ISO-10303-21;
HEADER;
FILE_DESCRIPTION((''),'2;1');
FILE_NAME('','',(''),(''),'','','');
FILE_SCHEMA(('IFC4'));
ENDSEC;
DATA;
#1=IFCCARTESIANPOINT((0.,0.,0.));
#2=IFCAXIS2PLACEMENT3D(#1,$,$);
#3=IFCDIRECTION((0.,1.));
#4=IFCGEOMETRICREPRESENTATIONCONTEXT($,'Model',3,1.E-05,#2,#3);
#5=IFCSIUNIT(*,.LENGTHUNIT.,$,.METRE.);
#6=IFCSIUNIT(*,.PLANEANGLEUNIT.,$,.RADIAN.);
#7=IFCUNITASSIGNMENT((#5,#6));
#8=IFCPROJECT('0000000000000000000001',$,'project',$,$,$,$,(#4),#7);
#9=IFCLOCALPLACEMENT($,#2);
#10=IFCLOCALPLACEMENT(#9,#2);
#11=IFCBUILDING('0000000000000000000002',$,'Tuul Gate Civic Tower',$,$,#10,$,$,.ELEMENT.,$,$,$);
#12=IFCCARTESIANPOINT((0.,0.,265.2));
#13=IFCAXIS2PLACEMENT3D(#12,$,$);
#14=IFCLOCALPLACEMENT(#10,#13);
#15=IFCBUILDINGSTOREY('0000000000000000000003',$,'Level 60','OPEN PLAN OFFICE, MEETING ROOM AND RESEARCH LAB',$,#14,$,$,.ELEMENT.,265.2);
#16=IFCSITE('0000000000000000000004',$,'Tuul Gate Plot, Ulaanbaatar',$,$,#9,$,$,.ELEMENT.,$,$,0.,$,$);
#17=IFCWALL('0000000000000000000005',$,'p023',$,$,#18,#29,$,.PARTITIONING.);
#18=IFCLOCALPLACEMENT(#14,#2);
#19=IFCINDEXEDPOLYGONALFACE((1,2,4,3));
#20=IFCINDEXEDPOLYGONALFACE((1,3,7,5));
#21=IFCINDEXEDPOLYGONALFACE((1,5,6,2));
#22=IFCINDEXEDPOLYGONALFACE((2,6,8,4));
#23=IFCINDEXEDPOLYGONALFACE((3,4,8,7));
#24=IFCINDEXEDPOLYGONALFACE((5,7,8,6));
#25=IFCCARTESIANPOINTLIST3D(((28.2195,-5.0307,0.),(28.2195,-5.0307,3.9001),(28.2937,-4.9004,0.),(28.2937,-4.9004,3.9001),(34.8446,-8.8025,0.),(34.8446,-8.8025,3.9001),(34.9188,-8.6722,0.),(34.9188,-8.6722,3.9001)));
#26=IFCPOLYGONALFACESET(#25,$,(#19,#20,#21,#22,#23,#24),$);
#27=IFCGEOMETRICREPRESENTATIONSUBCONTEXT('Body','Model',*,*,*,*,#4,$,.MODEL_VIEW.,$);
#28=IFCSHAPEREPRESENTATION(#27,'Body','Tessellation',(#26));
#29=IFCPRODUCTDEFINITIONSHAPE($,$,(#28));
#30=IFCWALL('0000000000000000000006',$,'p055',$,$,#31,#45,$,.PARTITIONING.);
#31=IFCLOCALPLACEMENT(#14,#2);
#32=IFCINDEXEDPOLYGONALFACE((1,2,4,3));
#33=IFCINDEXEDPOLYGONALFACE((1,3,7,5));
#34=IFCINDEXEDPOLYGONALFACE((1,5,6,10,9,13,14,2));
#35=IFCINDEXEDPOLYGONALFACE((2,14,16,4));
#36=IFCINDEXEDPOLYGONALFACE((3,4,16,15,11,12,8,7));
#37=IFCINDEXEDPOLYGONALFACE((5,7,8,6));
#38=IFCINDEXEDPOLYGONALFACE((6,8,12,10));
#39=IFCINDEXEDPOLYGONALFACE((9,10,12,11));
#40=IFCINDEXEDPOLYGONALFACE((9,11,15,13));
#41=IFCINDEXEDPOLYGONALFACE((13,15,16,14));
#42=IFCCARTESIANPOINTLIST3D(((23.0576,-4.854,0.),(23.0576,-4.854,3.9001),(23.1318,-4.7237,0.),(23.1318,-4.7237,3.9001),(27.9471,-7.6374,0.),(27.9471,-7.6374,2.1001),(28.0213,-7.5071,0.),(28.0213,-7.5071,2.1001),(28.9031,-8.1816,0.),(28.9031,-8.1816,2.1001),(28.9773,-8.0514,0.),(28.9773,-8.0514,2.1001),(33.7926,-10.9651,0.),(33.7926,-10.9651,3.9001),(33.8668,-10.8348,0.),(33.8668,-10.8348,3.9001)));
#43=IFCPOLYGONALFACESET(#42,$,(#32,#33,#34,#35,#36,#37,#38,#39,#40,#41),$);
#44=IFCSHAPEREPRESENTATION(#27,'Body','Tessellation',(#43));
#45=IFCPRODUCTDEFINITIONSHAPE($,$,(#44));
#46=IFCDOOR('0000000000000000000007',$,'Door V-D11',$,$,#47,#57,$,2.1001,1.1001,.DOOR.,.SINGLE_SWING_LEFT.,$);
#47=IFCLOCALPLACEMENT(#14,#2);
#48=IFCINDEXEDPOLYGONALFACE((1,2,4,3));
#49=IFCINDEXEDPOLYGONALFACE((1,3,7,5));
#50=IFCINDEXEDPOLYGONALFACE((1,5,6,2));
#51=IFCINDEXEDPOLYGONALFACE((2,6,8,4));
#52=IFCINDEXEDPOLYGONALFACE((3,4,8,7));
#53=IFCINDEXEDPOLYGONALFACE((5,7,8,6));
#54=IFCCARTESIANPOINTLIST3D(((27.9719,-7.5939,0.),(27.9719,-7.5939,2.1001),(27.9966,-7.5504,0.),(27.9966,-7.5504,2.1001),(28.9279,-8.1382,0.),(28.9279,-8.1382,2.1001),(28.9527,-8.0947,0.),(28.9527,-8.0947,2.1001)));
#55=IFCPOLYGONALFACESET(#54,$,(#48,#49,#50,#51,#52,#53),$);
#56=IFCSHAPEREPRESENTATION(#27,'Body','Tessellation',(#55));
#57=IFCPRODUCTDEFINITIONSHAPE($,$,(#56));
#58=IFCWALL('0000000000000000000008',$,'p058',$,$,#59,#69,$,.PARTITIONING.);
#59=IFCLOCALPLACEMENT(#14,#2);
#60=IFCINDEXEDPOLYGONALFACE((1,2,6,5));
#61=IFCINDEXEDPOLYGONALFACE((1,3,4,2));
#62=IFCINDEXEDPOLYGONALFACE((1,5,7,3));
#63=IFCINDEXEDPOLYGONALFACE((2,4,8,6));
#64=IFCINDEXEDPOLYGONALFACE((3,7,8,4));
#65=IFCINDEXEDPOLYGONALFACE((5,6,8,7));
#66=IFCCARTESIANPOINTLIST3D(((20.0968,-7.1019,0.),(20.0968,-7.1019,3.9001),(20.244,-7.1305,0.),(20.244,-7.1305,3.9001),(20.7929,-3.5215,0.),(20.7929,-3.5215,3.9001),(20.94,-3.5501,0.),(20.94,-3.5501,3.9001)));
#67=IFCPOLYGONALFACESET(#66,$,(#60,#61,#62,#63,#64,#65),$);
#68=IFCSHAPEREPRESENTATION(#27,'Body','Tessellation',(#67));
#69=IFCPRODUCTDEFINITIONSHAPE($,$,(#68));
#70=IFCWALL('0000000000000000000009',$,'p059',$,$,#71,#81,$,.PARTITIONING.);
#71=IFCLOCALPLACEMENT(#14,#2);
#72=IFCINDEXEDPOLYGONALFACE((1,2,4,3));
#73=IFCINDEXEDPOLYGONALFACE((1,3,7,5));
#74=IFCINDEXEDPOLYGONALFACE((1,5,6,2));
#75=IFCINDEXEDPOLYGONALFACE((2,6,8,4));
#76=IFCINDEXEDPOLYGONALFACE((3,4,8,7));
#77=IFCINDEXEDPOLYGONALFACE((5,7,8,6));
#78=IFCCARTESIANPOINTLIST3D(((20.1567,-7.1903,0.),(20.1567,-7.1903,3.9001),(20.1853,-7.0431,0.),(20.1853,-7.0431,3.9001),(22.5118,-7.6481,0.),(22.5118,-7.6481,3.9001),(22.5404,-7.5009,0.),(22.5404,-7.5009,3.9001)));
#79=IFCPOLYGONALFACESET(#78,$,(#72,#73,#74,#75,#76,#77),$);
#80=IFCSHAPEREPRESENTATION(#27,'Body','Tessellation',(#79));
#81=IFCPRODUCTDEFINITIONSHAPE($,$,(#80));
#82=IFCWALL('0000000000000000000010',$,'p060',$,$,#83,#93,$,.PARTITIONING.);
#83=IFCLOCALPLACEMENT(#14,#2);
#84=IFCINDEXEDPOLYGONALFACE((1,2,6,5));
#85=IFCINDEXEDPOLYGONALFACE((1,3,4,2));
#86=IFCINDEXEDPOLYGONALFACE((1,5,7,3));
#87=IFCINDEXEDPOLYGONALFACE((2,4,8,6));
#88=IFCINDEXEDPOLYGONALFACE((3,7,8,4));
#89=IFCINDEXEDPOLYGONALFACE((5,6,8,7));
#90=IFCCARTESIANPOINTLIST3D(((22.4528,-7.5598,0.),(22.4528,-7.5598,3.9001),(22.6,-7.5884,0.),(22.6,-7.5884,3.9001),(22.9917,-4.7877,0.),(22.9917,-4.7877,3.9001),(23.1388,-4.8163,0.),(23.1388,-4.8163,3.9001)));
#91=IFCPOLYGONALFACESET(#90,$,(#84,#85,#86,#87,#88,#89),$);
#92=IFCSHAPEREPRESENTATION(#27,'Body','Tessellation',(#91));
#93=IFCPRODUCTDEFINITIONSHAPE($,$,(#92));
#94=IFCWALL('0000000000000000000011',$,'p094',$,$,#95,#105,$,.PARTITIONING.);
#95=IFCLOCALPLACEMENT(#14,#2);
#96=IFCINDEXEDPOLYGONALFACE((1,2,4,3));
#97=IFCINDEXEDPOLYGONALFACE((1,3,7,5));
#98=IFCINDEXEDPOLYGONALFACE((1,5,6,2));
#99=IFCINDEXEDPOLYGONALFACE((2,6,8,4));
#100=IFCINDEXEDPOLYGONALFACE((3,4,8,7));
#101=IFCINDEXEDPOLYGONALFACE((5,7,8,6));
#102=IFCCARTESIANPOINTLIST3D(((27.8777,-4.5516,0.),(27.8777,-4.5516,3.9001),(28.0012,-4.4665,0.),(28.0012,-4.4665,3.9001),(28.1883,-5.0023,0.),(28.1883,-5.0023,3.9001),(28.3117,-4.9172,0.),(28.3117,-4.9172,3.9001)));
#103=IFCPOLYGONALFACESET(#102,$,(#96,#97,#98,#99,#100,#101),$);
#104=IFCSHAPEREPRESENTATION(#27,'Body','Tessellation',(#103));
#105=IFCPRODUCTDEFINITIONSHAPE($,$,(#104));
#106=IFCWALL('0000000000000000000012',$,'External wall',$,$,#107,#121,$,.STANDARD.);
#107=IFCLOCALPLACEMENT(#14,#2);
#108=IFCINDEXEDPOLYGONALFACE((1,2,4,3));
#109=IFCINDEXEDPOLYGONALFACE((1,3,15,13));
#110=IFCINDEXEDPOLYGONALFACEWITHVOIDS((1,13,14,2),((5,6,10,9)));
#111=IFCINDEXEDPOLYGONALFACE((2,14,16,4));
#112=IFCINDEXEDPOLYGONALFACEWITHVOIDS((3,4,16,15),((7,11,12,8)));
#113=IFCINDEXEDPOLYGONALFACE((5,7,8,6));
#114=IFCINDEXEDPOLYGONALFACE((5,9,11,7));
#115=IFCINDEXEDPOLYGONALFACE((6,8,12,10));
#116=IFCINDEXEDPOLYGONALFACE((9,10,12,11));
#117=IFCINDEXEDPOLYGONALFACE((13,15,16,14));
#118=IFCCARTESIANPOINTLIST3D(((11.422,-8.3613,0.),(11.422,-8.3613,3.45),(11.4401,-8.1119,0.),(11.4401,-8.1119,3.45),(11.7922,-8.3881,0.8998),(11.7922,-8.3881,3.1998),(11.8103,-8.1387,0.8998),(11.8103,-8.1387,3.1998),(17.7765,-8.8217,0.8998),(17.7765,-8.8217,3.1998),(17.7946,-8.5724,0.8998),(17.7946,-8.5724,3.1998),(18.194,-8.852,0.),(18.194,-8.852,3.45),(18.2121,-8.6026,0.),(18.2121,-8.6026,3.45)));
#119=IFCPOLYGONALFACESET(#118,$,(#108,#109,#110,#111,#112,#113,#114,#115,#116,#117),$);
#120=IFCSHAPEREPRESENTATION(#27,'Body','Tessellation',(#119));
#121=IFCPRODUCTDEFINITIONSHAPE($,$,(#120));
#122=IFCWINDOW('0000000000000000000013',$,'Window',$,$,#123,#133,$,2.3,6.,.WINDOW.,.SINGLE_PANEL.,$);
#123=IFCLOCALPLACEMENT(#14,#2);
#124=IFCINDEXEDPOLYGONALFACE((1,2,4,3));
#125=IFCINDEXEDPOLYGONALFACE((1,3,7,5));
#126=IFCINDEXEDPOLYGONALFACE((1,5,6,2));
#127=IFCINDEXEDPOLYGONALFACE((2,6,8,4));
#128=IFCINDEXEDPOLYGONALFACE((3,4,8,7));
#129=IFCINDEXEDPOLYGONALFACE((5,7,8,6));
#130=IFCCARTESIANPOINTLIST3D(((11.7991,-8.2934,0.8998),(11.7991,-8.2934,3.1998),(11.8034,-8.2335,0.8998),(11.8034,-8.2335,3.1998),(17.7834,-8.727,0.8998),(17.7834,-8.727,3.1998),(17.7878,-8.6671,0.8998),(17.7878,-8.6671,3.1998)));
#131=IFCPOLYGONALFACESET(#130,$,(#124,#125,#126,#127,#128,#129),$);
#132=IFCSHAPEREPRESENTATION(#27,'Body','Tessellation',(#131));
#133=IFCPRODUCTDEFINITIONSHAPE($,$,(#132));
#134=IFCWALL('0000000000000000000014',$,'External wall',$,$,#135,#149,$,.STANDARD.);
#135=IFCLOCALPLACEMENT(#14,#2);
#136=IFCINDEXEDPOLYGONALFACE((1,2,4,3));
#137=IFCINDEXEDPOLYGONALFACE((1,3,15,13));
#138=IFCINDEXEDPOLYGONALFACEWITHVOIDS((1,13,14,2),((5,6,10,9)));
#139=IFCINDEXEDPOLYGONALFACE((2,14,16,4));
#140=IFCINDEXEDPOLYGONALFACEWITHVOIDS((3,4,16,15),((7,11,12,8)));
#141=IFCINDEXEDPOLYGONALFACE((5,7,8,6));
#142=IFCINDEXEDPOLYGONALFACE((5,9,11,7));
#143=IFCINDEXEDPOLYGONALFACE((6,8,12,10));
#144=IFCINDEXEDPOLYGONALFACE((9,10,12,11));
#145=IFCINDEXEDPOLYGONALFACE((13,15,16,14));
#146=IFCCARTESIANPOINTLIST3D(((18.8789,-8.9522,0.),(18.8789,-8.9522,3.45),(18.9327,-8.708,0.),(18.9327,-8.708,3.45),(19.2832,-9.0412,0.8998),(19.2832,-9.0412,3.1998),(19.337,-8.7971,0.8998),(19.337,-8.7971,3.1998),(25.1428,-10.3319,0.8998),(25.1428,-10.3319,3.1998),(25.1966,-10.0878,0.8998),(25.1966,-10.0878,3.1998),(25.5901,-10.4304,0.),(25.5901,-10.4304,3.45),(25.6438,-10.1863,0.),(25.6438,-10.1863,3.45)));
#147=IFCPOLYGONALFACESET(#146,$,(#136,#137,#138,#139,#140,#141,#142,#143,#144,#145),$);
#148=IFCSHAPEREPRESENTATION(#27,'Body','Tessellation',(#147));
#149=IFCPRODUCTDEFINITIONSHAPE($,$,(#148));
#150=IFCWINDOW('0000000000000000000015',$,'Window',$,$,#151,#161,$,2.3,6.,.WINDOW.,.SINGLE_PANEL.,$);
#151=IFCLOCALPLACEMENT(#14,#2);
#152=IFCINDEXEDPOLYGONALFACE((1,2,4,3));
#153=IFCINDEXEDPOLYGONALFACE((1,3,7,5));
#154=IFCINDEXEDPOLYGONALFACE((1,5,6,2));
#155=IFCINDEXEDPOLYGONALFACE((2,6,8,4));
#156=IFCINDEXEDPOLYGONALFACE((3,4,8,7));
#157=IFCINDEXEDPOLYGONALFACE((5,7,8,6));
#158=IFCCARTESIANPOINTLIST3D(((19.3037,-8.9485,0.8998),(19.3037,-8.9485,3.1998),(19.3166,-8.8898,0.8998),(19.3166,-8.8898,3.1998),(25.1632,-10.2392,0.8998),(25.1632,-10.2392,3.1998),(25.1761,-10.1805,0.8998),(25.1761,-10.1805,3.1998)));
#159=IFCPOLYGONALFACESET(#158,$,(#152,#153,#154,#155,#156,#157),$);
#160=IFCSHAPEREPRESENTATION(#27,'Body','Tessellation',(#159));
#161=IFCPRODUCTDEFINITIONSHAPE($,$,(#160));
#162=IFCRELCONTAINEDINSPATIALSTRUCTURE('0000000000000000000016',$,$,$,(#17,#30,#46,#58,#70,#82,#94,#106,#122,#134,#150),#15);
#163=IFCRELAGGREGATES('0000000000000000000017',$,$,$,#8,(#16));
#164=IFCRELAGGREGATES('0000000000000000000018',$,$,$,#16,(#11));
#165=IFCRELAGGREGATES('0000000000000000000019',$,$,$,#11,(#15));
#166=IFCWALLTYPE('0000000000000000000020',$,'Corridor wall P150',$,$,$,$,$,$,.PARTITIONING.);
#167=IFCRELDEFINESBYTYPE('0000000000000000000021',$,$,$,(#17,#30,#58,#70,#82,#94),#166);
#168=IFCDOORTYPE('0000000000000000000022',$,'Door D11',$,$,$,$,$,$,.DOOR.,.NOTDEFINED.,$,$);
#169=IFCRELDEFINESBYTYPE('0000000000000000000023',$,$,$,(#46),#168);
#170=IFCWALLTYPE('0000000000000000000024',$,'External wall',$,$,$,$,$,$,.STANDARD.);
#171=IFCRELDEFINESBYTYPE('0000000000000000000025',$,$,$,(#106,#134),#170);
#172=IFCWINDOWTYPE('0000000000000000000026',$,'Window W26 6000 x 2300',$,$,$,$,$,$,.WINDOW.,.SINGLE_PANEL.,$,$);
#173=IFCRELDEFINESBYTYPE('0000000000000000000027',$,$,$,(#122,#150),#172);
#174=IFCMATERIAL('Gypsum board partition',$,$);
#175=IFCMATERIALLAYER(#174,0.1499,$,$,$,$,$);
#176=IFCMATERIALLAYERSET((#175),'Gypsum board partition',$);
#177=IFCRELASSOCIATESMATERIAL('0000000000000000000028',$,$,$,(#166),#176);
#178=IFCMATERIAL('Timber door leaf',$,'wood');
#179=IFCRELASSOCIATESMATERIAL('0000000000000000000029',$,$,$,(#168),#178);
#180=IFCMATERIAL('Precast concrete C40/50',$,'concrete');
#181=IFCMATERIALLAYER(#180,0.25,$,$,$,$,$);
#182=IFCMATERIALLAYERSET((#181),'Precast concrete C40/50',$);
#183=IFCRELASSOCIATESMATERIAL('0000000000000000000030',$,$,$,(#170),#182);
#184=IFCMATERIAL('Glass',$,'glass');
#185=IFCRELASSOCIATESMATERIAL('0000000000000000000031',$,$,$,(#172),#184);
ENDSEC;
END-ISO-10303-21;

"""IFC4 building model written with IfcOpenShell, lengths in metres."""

from ifc_helpers import new_model, si_unit, direction, frame, frame_2d, origin, place, context, subcontext, project, spatial, rectangle, extrude, material, layer, layer_set, type_object, element, fill, save


model = new_model("IFC4")

# Units and contexts
model_context = context("Model", 3, precision=1e-05, world=origin(), true_north=direction((0.0, 1.0)))
body_context = subcontext(model_context, "Body", "Model", "MODEL_VIEW")
ifc_project = project(units=[si_unit("LENGTHUNIT", "METRE"), si_unit("PLANEANGLEUNIT", "RADIAN")], contexts=[model_context])

# Site, building, storey
site_placement = place(None, origin())
site = spatial("IfcSite", under=ifc_project, at=site_placement, Name="Tuul Gate Plot, Ulaanbaatar", CompositionType="ELEMENT", RefElevation=0.0)
building_placement = place(site_placement, origin())
building = spatial("IfcBuilding", under=site, at=building_placement, Name="Tuul Gate Civic Tower", CompositionType="ELEMENT")
storey_placement = place(building_placement, frame((0.0, 0.0, 265.2)))
storey = spatial("IfcBuildingStorey", under=building, at=storey_placement, Name="Level 60", Description="OPEN PLAN OFFICE, MEETING ROOM AND RESEARCH LAB", CompositionType="ELEMENT", Elevation=265.2)

# Wall
ifc_material_1 = material(Name="Gypsum board partition")
ifc_layer_1 = layer(ifc_material_1, 0.1499)
ifc_layer_set_1 = layer_set([ifc_layer_1], Name="Gypsum board partition")
wall_type_1 = type_object("IfcWallType", Name="Corridor wall P150", PredefinedType="PARTITIONING", material=ifc_layer_set_1)
wall_1_placement = place(storey_placement, frame((28.2566, -4.9656, 0.0), z_axis=(0.0, 0.0, 1.0), x_axis=(0.869032, -0.494755, 0.0)))
element("IfcWall", 1, at=wall_1_placement, inside=storey, type_object=wall_type_1, Name="p023", PredefinedType="PARTITIONING", context=body_context, shape_type="SweptSolid", body=[
    extrude(rectangle(XDim=7.6235, YDim=0.1499, at=frame_2d((3.8118, 0.0))), origin(), (0.0, 0.0, 1.0), 3.9001),
])

# Wall, opening, door
wall_2_placement = place(storey_placement, frame((23.0947, -4.7888, 0.0), z_axis=(0.0, 0.0, 1.0), x_axis=(0.869048, -0.494727, 0.0)))
wall_2 = element("IfcWall", 2, at=wall_2_placement, inside=storey, type_object=wall_type_1, Name="p055", PredefinedType="PARTITIONING", context=body_context, shape_type="SweptSolid", body=[
    extrude(rectangle(XDim=12.3525, YDim=0.1499, at=frame_2d((6.1763, 0.0))), origin(), (0.0, 0.0, 1.0), 3.9001),
])
opening_1_placement = place(wall_2_placement, frame((5.6262, 0.0, 0.0)))
opening_1 = element("IfcOpeningElement", 3, at=opening_1_placement, cuts=wall_2, PredefinedType="OPENING", context=body_context, shape_type="SweptSolid", body=[
    extrude(rectangle(XDim=1.1001, YDim=2.1001, at=frame_2d((0.55, 1.05))), frame((0.0, 0.085, 0.0), z_axis=(0.0, -1.0, 0.0), x_axis=(1.0, 0.0, 0.0)), (0.0, 0.0, 1.0), 0.1699),
])
ifc_material_2 = material(Name="Timber door leaf", Category="wood")
door_type = type_object("IfcDoorType", Name="Door D11", OperationType="NOTDEFINED", PredefinedType="DOOR", material=ifc_material_2)
door_placement = place(opening_1_placement, frame((1.1001, 0.0, 0.0), z_axis=(0.0, 0.0, 1.0), x_axis=(-1.0, 0.0, 0.0)))
door = element("IfcDoor", 4, at=door_placement, inside=storey, type_object=door_type, Name="Door V-D11", OperationType="SINGLE_SWING_LEFT", OverallHeight=2.1001, OverallWidth=1.1001, PredefinedType="DOOR", context=body_context, shape_type="SweptSolid", body=[
    extrude(rectangle(XDim=1.1001, YDim=2.1001, at=frame_2d((0.55, 1.05))), frame((0.0, 0.0249, 0.0), z_axis=(0.0, -1.0, 0.0), x_axis=(1.0, 0.0, 0.0)), (0.0, 0.0, 1.0), 0.05),
])
fill(opening_1, door)

# Walls
wall_3_placement = place(storey_placement, frame((20.1704, -7.1162, 0.0), z_axis=(0.0, 0.0, 1.0), x_axis=(0.190836, 0.981622, 0.0)))
element("IfcWall", 5, at=wall_3_placement, inside=storey, type_object=wall_type_1, Name="p058", PredefinedType="PARTITIONING", context=body_context, shape_type="SweptSolid", body=[
    extrude(rectangle(XDim=3.6475, YDim=0.1499, at=frame_2d((1.8237, 0.0))), origin(), (0.0, 0.0, 1.0), 3.9001),
])
wall_4_placement = place(storey_placement, frame((20.1709, -7.1167, 0.0), z_axis=(0.0, 0.0, 1.0), x_axis=(0.981627, -0.19081, 0.0)))
element("IfcWall", 6, at=wall_4_placement, inside=storey, type_object=wall_type_1, Name="p059", PredefinedType="PARTITIONING", context=body_context, shape_type="SweptSolid", body=[
    extrude(rectangle(XDim=2.3992, YDim=0.1499, at=frame_2d((1.1997, 0.0))), origin(), (0.0, 0.0, 1.0), 3.9001),
])
wall_5_placement = place(storey_placement, frame((22.5264, -7.5742, 0.0), z_axis=(0.0, 0.0, 1.0), x_axis=(0.190809, 0.981627, 0.0)))
element("IfcWall", 7, at=wall_5_placement, inside=storey, type_object=wall_type_1, Name="p060", PredefinedType="PARTITIONING", context=body_context, shape_type="SweptSolid", body=[
    extrude(rectangle(XDim=2.824, YDim=0.1499, at=frame_2d((1.4121, 0.0))), origin(), (0.0, 0.0, 1.0), 3.9001),
])
wall_6_placement = place(storey_placement, frame((27.9395, -4.509, 0.0), z_axis=(0.0, 0.0, 1.0), x_axis=(0.567399, -0.823443, 0.0)))
element("IfcWall", 8, at=wall_6_placement, inside=storey, type_object=wall_type_1, Name="p094", PredefinedType="PARTITIONING", context=body_context, shape_type="SweptSolid", body=[
    extrude(rectangle(XDim=0.5474, YDim=0.1499, at=frame_2d((0.2737, 0.0))), origin(), (0.0, 0.0, 1.0), 3.9001),
])

# Walls, openings, windows
ifc_material_3 = material(Name="Precast concrete C40/50", Category="concrete")
ifc_layer_2 = layer(ifc_material_3, 0.25)
ifc_layer_set_2 = layer_set([ifc_layer_2], Name="Precast concrete C40/50")
wall_type_2 = type_object("IfcWallType", Name="External wall", PredefinedType="STANDARD", material=ifc_layer_set_2)
wall_7_placement = place(storey_placement, frame((11.4309, -8.2366, 0.0), z_axis=(0.0, 0.0, 1.0), x_axis=(0.997385, -0.072274, 0.0)))
wall_7 = element("IfcWall", 9, at=wall_7_placement, inside=storey, type_object=wall_type_2, Name="External wall", PredefinedType="STANDARD", context=body_context, shape_type="SweptSolid", body=[
    extrude(rectangle(XDim=6.7898, YDim=0.25, at=frame_2d((3.395, 0.0))), origin(), (0.0, 0.0, 1.0), 3.45),
])
opening_2_placement = place(wall_7_placement, frame((0.3713, 0.0, 0.8999)))
opening_2 = element("IfcOpeningElement", 10, at=opening_2_placement, cuts=wall_7, PredefinedType="OPENING", context=body_context, shape_type="SweptSolid", body=[
    extrude(rectangle(XDim=6.0, YDim=2.3, at=frame_2d((3.0, 1.1499))), frame((0.0, 0.135, 0.0), z_axis=(0.0, -1.0, 0.0), x_axis=(1.0, 0.0, 0.0)), (0.0, 0.0, 1.0), 0.27),
])
ifc_material_4 = material(Name="Glass", Category="glass")
window_type = type_object("IfcWindowType", Name="Window W26 6000 x 2300", PartitioningType="SINGLE_PANEL", PredefinedType="WINDOW", material=ifc_material_4)
window_1_placement = place(opening_2_placement, origin())
window_1 = element("IfcWindow", 11, at=window_1_placement, inside=storey, type_object=window_type, Name="Window", OverallHeight=2.3, OverallWidth=6.0, PartitioningType="SINGLE_PANEL", PredefinedType="WINDOW", context=body_context, shape_type="SweptSolid", body=[
    extrude(rectangle(XDim=6.0, YDim=2.3, at=frame_2d((3.0, 1.1499))), frame((0.0, 0.03, 0.0), z_axis=(0.0, -1.0, 0.0), x_axis=(1.0, 0.0, 0.0)), (0.0, 0.0, 1.0), 0.0601),
])
fill(opening_2, window_1)
wall_8_placement = place(storey_placement, frame((18.9058, -8.8301, 0.0), z_axis=(0.0, 0.0, 1.0), x_axis=(0.976589, -0.215113, 0.0)))
wall_8 = element("IfcWall", 12, at=wall_8_placement, inside=storey, type_object=wall_type_2, Name="External wall", PredefinedType="STANDARD", context=body_context, shape_type="SweptSolid", body=[
    extrude(rectangle(XDim=6.8721, YDim=0.25, at=frame_2d((3.436, 0.0))), origin(), (0.0, 0.0, 1.0), 3.45),
])
opening_3_placement = place(wall_8_placement, frame((0.4141, 0.0, 0.8999)))
opening_3 = element("IfcOpeningElement", 13, at=opening_3_placement, cuts=wall_8, PredefinedType="OPENING", context=body_context, shape_type="SweptSolid", body=[
    extrude(rectangle(XDim=6.0, YDim=2.3, at=frame_2d((3.0, 1.1499))), frame((0.0, 0.135, 0.0), z_axis=(0.0, -1.0, 0.0), x_axis=(1.0, 0.0, 0.0)), (0.0, 0.0, 1.0), 0.27),
])
window_2_placement = place(opening_3_placement, origin())
window_2 = element("IfcWindow", 14, at=window_2_placement, inside=storey, type_object=window_type, Name="Window", OverallHeight=2.3, OverallWidth=6.0, PartitioningType="SINGLE_PANEL", PredefinedType="WINDOW", context=body_context, shape_type="SweptSolid", body=[
    extrude(rectangle(XDim=6.0, YDim=2.3, at=frame_2d((3.0, 1.1499))), frame((0.0, 0.03, 0.0), z_axis=(0.0, -1.0, 0.0), x_axis=(1.0, 0.0, 0.0)), (0.0, 0.0, 1.0), 0.0601),
])
fill(opening_3, window_2)

save(model, "model.ifc")
